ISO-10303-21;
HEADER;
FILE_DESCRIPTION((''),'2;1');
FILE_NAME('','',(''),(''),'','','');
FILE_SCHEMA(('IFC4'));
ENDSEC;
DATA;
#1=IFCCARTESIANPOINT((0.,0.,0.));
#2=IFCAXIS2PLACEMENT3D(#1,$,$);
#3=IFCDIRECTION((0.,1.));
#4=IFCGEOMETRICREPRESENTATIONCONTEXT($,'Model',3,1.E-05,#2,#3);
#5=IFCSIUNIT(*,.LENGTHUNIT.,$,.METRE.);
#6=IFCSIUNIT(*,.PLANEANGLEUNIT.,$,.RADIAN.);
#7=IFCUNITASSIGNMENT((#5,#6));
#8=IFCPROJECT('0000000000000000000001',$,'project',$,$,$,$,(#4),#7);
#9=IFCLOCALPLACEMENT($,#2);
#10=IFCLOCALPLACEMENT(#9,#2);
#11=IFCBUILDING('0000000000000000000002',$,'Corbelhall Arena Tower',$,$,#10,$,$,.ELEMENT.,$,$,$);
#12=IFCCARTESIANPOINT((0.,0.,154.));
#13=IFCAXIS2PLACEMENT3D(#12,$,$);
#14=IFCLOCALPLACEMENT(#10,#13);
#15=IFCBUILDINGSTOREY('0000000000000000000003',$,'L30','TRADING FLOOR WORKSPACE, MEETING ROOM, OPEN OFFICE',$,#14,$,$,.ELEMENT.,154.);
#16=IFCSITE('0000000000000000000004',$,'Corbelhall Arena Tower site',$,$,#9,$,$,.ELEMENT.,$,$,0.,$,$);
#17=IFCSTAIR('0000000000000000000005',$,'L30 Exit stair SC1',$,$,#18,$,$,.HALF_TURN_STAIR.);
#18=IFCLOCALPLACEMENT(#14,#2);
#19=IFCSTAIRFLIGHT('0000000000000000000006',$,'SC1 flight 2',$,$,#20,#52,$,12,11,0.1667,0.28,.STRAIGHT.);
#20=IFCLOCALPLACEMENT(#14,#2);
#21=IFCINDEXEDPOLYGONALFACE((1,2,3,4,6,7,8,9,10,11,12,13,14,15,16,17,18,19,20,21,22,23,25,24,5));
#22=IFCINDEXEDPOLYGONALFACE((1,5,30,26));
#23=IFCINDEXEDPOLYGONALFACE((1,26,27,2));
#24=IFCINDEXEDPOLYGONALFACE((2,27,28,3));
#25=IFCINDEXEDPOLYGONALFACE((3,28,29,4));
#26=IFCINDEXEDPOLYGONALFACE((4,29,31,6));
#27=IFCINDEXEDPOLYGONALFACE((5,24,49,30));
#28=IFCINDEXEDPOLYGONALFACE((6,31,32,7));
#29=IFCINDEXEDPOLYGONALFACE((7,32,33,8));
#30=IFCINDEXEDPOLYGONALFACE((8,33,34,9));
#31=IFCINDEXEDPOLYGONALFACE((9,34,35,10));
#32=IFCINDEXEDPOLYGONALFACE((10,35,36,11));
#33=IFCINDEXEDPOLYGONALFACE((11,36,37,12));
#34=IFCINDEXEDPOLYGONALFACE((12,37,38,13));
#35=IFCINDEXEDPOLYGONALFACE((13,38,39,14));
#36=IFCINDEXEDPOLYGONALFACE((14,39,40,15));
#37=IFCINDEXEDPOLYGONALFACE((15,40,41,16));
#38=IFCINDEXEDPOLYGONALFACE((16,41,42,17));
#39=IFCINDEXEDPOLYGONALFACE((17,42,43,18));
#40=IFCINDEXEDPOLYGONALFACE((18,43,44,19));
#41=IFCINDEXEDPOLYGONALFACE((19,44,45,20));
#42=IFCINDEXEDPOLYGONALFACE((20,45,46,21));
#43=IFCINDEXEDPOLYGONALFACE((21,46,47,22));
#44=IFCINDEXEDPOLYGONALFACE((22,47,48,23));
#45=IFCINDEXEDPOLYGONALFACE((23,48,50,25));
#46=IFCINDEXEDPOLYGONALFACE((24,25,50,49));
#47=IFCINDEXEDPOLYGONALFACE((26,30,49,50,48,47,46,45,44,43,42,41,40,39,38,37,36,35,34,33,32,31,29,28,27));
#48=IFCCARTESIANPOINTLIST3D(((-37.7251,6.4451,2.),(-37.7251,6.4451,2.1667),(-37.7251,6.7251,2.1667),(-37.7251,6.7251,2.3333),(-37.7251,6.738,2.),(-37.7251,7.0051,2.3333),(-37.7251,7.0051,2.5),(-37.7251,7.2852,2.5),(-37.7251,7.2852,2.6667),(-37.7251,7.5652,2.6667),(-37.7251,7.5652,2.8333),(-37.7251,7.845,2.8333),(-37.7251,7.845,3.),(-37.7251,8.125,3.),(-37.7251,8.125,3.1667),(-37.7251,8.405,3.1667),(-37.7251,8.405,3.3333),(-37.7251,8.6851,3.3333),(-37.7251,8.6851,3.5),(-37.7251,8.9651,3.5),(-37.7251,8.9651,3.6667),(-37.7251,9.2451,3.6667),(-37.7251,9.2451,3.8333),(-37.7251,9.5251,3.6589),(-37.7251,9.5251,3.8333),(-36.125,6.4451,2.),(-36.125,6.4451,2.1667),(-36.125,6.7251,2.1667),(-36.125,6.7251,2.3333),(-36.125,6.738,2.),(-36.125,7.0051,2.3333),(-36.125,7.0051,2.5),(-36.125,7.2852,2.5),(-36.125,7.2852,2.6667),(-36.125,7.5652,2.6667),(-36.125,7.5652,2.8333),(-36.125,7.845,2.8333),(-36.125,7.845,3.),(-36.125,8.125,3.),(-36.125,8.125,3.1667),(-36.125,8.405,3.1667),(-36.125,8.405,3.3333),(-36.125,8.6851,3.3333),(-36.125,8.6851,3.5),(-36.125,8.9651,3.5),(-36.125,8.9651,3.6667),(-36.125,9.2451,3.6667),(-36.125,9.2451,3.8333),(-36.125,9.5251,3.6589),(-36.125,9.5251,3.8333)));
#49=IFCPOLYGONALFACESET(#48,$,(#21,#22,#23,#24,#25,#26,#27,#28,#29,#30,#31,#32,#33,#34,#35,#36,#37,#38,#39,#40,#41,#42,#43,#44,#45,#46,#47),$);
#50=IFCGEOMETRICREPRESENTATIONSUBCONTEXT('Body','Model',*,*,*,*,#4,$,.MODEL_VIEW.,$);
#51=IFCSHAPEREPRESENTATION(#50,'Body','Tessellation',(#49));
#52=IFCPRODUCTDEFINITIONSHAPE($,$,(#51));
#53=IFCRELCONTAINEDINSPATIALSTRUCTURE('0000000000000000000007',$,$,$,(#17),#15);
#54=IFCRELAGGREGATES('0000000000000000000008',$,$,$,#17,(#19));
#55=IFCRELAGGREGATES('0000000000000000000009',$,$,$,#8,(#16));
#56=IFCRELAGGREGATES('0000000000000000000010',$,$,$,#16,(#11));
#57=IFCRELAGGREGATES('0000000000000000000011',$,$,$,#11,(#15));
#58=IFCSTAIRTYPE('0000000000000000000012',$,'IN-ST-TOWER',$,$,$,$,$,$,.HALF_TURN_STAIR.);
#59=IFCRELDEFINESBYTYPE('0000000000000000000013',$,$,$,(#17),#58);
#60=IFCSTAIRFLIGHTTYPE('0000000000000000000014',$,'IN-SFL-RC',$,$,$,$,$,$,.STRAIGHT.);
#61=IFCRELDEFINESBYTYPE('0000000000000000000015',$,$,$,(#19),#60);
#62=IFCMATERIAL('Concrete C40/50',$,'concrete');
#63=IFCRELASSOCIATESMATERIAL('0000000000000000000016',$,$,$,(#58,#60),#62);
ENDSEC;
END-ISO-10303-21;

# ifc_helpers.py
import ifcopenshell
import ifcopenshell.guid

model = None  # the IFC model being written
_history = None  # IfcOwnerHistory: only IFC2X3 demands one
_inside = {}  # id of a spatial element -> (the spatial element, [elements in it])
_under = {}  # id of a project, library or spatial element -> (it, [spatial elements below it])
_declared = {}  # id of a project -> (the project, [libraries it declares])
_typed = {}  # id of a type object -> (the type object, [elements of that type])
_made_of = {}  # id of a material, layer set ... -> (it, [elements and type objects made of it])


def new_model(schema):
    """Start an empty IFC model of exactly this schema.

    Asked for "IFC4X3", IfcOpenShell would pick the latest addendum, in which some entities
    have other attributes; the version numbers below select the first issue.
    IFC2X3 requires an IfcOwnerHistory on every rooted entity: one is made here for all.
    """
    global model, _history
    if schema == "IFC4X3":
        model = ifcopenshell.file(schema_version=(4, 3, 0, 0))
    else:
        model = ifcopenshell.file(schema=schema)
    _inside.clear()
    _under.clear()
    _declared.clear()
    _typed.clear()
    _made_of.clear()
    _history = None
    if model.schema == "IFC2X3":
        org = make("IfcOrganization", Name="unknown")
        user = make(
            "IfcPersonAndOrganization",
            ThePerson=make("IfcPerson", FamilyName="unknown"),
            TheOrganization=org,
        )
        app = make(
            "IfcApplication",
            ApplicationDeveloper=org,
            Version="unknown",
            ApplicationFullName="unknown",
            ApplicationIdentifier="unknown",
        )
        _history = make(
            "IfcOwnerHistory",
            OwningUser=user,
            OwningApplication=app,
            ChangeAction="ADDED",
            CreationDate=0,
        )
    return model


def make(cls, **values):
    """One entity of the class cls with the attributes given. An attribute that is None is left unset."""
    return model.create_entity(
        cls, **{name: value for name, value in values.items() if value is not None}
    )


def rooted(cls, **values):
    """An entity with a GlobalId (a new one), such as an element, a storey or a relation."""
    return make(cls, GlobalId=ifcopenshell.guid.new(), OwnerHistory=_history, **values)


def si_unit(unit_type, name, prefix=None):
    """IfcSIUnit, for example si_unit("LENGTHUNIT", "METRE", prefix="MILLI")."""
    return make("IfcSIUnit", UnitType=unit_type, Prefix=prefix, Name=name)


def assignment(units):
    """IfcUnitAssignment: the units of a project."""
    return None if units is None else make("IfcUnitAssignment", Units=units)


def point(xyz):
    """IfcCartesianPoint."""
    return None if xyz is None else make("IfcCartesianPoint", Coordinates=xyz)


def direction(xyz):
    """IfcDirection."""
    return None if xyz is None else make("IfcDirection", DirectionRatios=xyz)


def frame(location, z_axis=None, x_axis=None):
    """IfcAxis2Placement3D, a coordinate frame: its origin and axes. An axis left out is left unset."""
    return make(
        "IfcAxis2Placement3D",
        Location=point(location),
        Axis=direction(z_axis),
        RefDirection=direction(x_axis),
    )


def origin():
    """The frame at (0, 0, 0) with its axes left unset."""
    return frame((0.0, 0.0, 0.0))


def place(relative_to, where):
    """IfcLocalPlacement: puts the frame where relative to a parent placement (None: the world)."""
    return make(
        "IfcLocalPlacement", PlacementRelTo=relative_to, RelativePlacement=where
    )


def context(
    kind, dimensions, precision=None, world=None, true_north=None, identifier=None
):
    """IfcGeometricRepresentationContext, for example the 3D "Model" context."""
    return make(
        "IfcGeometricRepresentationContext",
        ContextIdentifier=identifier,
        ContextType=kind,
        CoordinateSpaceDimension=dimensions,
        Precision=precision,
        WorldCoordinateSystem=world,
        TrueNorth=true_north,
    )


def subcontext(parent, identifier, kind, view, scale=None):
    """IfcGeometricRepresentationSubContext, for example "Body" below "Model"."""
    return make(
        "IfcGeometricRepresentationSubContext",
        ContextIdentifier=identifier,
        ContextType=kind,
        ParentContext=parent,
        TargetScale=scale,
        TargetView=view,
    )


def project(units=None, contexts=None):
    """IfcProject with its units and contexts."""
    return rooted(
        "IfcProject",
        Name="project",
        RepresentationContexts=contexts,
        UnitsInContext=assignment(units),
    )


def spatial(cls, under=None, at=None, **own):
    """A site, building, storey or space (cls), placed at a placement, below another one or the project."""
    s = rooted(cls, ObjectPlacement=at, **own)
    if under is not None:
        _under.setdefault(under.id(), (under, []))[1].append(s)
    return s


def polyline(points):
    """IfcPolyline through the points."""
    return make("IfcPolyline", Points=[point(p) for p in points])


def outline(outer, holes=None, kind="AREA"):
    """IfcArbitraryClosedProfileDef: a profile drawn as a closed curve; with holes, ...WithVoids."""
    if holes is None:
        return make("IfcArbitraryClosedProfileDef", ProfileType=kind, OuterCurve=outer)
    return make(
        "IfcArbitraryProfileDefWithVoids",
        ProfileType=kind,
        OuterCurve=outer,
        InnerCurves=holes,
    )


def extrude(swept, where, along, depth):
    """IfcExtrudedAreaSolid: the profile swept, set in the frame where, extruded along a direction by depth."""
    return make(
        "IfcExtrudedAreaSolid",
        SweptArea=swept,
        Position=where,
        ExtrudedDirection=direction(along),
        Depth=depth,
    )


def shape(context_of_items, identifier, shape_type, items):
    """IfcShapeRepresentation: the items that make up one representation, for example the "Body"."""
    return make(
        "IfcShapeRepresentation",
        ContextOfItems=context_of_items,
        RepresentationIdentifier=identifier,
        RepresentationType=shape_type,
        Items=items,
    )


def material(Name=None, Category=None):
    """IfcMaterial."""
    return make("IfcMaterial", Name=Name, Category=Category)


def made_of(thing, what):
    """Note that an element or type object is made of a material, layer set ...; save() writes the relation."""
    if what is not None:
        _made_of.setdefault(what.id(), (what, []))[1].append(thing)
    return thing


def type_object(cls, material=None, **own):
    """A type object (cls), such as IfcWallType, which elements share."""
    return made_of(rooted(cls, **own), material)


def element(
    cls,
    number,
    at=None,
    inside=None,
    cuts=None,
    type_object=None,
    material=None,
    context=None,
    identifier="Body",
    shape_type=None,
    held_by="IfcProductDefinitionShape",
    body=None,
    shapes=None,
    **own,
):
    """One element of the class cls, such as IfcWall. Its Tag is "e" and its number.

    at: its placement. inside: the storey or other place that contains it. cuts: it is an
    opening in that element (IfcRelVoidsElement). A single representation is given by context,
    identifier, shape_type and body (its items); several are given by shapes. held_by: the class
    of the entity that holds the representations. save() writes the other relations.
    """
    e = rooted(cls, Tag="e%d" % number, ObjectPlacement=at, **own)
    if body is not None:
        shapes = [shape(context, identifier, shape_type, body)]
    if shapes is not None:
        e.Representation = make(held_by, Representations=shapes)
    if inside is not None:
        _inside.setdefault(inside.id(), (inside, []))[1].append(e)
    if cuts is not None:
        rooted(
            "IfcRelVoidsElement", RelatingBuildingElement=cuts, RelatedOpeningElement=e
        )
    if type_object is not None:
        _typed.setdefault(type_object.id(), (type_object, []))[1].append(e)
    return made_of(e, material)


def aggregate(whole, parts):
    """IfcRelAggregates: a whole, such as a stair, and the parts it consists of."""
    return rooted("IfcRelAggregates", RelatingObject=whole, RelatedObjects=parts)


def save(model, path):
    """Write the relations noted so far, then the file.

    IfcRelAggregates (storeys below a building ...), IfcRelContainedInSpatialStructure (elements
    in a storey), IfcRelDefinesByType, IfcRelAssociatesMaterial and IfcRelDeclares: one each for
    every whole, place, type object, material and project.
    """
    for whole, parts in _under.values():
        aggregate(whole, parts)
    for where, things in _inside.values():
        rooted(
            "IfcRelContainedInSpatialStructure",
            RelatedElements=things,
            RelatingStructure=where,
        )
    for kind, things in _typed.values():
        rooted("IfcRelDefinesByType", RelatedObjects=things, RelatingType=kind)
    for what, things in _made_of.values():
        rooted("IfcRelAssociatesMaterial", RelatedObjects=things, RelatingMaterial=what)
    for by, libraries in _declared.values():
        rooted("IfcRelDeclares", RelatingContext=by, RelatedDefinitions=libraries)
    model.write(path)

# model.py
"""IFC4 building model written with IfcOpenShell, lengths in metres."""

from ifc_helpers import new_model, si_unit, direction, frame, origin, place, context, subcontext, project, spatial, polyline, outline, extrude, material, type_object, element, aggregate, save


model = new_model("IFC4")

# Units and contexts
model_context = context("Model", 3, precision=1e-05, world=origin(), true_north=direction((0.0, 1.0)))
body_context = subcontext(model_context, "Body", "Model", "MODEL_VIEW")
ifc_project = project(units=[si_unit("LENGTHUNIT", "METRE"), si_unit("PLANEANGLEUNIT", "RADIAN")], contexts=[model_context])

# Site, building, storey
site_placement = place(None, origin())
site = spatial("IfcSite", under=ifc_project, at=site_placement, Name="Corbelhall Arena Tower site", CompositionType="ELEMENT", RefElevation=0.0)
building_placement = place(site_placement, origin())
building = spatial("IfcBuilding", under=site, at=building_placement, Name="Corbelhall Arena Tower", CompositionType="ELEMENT")
storey_placement = place(building_placement, frame((0.0, 0.0, 154.0)))
storey = spatial("IfcBuildingStorey", under=building, at=storey_placement, Name="L30", Description="TRADING FLOOR WORKSPACE, MEETING ROOM, OPEN OFFICE", CompositionType="ELEMENT", Elevation=154.0)

# Shared definitions
ifc_material_1 = material(Name="Concrete C40/50", Category="concrete")

# Stair, stair flight
stair_type = type_object("IfcStairType", Name="IN-ST-TOWER", PredefinedType="HALF_TURN_STAIR", material=ifc_material_1)
stair_placement = place(storey_placement, origin())
stair = element("IfcStair", 1, at=stair_placement, inside=storey, type_object=stair_type, Name="L30 Exit stair SC1", PredefinedType="HALF_TURN_STAIR")
stair_flight_type = type_object("IfcStairFlightType", Name="IN-SFL-RC", PredefinedType="STRAIGHT", material=ifc_material_1)
stair_flight_1_placement = place(storey_placement, frame((-36.925, 6.4451, 2.0), z_axis=(0.0, 0.0, 1.0), x_axis=(0.0, 1.0, 0.0)))
stair_flight_1 = element("IfcStairFlight", 2, at=stair_flight_1_placement, type_object=stair_flight_type, Name="SC1 flight 2", NumberOfRisers=12, NumberOfTreads=11, PredefinedType="STRAIGHT", RiserHeight=0.1667, TreadLength=0.28, context=body_context, shape_type="SweptSolid", body=[
    extrude(outline(polyline([(0.0, 0.0), (0.0, 0.1667), (0.28, 0.1667), (0.28, 0.3333), (0.5601, 0.3333), (0.5601, 0.5), (0.8401, 0.5), (0.8401, 0.6667), (1.1201, 0.6667), (1.1201, 0.8333), (1.3999, 0.8333), (1.3999, 1.0), (1.6799, 1.0), (1.6799, 1.1667), (1.96, 1.1667), (1.96, 1.3333), (2.24, 1.3333), (2.24, 1.5), (2.52, 1.5), (2.52, 1.6667), (2.8, 1.6667), (2.8, 1.8333), (3.0801, 1.8333), (3.0801, 2.0), (3.0801, 1.6589), (0.293, 0.0), (0.0, 0.0)])), frame((0.0, 0.8, 0.0), z_axis=(0.0, -1.0, 0.0), x_axis=(1.0, 0.0, 0.0)), (0.0, 0.0, 1.0), 1.6001),
])
aggregate(stair, [stair_flight_1])

save(model, "model.ifc")
